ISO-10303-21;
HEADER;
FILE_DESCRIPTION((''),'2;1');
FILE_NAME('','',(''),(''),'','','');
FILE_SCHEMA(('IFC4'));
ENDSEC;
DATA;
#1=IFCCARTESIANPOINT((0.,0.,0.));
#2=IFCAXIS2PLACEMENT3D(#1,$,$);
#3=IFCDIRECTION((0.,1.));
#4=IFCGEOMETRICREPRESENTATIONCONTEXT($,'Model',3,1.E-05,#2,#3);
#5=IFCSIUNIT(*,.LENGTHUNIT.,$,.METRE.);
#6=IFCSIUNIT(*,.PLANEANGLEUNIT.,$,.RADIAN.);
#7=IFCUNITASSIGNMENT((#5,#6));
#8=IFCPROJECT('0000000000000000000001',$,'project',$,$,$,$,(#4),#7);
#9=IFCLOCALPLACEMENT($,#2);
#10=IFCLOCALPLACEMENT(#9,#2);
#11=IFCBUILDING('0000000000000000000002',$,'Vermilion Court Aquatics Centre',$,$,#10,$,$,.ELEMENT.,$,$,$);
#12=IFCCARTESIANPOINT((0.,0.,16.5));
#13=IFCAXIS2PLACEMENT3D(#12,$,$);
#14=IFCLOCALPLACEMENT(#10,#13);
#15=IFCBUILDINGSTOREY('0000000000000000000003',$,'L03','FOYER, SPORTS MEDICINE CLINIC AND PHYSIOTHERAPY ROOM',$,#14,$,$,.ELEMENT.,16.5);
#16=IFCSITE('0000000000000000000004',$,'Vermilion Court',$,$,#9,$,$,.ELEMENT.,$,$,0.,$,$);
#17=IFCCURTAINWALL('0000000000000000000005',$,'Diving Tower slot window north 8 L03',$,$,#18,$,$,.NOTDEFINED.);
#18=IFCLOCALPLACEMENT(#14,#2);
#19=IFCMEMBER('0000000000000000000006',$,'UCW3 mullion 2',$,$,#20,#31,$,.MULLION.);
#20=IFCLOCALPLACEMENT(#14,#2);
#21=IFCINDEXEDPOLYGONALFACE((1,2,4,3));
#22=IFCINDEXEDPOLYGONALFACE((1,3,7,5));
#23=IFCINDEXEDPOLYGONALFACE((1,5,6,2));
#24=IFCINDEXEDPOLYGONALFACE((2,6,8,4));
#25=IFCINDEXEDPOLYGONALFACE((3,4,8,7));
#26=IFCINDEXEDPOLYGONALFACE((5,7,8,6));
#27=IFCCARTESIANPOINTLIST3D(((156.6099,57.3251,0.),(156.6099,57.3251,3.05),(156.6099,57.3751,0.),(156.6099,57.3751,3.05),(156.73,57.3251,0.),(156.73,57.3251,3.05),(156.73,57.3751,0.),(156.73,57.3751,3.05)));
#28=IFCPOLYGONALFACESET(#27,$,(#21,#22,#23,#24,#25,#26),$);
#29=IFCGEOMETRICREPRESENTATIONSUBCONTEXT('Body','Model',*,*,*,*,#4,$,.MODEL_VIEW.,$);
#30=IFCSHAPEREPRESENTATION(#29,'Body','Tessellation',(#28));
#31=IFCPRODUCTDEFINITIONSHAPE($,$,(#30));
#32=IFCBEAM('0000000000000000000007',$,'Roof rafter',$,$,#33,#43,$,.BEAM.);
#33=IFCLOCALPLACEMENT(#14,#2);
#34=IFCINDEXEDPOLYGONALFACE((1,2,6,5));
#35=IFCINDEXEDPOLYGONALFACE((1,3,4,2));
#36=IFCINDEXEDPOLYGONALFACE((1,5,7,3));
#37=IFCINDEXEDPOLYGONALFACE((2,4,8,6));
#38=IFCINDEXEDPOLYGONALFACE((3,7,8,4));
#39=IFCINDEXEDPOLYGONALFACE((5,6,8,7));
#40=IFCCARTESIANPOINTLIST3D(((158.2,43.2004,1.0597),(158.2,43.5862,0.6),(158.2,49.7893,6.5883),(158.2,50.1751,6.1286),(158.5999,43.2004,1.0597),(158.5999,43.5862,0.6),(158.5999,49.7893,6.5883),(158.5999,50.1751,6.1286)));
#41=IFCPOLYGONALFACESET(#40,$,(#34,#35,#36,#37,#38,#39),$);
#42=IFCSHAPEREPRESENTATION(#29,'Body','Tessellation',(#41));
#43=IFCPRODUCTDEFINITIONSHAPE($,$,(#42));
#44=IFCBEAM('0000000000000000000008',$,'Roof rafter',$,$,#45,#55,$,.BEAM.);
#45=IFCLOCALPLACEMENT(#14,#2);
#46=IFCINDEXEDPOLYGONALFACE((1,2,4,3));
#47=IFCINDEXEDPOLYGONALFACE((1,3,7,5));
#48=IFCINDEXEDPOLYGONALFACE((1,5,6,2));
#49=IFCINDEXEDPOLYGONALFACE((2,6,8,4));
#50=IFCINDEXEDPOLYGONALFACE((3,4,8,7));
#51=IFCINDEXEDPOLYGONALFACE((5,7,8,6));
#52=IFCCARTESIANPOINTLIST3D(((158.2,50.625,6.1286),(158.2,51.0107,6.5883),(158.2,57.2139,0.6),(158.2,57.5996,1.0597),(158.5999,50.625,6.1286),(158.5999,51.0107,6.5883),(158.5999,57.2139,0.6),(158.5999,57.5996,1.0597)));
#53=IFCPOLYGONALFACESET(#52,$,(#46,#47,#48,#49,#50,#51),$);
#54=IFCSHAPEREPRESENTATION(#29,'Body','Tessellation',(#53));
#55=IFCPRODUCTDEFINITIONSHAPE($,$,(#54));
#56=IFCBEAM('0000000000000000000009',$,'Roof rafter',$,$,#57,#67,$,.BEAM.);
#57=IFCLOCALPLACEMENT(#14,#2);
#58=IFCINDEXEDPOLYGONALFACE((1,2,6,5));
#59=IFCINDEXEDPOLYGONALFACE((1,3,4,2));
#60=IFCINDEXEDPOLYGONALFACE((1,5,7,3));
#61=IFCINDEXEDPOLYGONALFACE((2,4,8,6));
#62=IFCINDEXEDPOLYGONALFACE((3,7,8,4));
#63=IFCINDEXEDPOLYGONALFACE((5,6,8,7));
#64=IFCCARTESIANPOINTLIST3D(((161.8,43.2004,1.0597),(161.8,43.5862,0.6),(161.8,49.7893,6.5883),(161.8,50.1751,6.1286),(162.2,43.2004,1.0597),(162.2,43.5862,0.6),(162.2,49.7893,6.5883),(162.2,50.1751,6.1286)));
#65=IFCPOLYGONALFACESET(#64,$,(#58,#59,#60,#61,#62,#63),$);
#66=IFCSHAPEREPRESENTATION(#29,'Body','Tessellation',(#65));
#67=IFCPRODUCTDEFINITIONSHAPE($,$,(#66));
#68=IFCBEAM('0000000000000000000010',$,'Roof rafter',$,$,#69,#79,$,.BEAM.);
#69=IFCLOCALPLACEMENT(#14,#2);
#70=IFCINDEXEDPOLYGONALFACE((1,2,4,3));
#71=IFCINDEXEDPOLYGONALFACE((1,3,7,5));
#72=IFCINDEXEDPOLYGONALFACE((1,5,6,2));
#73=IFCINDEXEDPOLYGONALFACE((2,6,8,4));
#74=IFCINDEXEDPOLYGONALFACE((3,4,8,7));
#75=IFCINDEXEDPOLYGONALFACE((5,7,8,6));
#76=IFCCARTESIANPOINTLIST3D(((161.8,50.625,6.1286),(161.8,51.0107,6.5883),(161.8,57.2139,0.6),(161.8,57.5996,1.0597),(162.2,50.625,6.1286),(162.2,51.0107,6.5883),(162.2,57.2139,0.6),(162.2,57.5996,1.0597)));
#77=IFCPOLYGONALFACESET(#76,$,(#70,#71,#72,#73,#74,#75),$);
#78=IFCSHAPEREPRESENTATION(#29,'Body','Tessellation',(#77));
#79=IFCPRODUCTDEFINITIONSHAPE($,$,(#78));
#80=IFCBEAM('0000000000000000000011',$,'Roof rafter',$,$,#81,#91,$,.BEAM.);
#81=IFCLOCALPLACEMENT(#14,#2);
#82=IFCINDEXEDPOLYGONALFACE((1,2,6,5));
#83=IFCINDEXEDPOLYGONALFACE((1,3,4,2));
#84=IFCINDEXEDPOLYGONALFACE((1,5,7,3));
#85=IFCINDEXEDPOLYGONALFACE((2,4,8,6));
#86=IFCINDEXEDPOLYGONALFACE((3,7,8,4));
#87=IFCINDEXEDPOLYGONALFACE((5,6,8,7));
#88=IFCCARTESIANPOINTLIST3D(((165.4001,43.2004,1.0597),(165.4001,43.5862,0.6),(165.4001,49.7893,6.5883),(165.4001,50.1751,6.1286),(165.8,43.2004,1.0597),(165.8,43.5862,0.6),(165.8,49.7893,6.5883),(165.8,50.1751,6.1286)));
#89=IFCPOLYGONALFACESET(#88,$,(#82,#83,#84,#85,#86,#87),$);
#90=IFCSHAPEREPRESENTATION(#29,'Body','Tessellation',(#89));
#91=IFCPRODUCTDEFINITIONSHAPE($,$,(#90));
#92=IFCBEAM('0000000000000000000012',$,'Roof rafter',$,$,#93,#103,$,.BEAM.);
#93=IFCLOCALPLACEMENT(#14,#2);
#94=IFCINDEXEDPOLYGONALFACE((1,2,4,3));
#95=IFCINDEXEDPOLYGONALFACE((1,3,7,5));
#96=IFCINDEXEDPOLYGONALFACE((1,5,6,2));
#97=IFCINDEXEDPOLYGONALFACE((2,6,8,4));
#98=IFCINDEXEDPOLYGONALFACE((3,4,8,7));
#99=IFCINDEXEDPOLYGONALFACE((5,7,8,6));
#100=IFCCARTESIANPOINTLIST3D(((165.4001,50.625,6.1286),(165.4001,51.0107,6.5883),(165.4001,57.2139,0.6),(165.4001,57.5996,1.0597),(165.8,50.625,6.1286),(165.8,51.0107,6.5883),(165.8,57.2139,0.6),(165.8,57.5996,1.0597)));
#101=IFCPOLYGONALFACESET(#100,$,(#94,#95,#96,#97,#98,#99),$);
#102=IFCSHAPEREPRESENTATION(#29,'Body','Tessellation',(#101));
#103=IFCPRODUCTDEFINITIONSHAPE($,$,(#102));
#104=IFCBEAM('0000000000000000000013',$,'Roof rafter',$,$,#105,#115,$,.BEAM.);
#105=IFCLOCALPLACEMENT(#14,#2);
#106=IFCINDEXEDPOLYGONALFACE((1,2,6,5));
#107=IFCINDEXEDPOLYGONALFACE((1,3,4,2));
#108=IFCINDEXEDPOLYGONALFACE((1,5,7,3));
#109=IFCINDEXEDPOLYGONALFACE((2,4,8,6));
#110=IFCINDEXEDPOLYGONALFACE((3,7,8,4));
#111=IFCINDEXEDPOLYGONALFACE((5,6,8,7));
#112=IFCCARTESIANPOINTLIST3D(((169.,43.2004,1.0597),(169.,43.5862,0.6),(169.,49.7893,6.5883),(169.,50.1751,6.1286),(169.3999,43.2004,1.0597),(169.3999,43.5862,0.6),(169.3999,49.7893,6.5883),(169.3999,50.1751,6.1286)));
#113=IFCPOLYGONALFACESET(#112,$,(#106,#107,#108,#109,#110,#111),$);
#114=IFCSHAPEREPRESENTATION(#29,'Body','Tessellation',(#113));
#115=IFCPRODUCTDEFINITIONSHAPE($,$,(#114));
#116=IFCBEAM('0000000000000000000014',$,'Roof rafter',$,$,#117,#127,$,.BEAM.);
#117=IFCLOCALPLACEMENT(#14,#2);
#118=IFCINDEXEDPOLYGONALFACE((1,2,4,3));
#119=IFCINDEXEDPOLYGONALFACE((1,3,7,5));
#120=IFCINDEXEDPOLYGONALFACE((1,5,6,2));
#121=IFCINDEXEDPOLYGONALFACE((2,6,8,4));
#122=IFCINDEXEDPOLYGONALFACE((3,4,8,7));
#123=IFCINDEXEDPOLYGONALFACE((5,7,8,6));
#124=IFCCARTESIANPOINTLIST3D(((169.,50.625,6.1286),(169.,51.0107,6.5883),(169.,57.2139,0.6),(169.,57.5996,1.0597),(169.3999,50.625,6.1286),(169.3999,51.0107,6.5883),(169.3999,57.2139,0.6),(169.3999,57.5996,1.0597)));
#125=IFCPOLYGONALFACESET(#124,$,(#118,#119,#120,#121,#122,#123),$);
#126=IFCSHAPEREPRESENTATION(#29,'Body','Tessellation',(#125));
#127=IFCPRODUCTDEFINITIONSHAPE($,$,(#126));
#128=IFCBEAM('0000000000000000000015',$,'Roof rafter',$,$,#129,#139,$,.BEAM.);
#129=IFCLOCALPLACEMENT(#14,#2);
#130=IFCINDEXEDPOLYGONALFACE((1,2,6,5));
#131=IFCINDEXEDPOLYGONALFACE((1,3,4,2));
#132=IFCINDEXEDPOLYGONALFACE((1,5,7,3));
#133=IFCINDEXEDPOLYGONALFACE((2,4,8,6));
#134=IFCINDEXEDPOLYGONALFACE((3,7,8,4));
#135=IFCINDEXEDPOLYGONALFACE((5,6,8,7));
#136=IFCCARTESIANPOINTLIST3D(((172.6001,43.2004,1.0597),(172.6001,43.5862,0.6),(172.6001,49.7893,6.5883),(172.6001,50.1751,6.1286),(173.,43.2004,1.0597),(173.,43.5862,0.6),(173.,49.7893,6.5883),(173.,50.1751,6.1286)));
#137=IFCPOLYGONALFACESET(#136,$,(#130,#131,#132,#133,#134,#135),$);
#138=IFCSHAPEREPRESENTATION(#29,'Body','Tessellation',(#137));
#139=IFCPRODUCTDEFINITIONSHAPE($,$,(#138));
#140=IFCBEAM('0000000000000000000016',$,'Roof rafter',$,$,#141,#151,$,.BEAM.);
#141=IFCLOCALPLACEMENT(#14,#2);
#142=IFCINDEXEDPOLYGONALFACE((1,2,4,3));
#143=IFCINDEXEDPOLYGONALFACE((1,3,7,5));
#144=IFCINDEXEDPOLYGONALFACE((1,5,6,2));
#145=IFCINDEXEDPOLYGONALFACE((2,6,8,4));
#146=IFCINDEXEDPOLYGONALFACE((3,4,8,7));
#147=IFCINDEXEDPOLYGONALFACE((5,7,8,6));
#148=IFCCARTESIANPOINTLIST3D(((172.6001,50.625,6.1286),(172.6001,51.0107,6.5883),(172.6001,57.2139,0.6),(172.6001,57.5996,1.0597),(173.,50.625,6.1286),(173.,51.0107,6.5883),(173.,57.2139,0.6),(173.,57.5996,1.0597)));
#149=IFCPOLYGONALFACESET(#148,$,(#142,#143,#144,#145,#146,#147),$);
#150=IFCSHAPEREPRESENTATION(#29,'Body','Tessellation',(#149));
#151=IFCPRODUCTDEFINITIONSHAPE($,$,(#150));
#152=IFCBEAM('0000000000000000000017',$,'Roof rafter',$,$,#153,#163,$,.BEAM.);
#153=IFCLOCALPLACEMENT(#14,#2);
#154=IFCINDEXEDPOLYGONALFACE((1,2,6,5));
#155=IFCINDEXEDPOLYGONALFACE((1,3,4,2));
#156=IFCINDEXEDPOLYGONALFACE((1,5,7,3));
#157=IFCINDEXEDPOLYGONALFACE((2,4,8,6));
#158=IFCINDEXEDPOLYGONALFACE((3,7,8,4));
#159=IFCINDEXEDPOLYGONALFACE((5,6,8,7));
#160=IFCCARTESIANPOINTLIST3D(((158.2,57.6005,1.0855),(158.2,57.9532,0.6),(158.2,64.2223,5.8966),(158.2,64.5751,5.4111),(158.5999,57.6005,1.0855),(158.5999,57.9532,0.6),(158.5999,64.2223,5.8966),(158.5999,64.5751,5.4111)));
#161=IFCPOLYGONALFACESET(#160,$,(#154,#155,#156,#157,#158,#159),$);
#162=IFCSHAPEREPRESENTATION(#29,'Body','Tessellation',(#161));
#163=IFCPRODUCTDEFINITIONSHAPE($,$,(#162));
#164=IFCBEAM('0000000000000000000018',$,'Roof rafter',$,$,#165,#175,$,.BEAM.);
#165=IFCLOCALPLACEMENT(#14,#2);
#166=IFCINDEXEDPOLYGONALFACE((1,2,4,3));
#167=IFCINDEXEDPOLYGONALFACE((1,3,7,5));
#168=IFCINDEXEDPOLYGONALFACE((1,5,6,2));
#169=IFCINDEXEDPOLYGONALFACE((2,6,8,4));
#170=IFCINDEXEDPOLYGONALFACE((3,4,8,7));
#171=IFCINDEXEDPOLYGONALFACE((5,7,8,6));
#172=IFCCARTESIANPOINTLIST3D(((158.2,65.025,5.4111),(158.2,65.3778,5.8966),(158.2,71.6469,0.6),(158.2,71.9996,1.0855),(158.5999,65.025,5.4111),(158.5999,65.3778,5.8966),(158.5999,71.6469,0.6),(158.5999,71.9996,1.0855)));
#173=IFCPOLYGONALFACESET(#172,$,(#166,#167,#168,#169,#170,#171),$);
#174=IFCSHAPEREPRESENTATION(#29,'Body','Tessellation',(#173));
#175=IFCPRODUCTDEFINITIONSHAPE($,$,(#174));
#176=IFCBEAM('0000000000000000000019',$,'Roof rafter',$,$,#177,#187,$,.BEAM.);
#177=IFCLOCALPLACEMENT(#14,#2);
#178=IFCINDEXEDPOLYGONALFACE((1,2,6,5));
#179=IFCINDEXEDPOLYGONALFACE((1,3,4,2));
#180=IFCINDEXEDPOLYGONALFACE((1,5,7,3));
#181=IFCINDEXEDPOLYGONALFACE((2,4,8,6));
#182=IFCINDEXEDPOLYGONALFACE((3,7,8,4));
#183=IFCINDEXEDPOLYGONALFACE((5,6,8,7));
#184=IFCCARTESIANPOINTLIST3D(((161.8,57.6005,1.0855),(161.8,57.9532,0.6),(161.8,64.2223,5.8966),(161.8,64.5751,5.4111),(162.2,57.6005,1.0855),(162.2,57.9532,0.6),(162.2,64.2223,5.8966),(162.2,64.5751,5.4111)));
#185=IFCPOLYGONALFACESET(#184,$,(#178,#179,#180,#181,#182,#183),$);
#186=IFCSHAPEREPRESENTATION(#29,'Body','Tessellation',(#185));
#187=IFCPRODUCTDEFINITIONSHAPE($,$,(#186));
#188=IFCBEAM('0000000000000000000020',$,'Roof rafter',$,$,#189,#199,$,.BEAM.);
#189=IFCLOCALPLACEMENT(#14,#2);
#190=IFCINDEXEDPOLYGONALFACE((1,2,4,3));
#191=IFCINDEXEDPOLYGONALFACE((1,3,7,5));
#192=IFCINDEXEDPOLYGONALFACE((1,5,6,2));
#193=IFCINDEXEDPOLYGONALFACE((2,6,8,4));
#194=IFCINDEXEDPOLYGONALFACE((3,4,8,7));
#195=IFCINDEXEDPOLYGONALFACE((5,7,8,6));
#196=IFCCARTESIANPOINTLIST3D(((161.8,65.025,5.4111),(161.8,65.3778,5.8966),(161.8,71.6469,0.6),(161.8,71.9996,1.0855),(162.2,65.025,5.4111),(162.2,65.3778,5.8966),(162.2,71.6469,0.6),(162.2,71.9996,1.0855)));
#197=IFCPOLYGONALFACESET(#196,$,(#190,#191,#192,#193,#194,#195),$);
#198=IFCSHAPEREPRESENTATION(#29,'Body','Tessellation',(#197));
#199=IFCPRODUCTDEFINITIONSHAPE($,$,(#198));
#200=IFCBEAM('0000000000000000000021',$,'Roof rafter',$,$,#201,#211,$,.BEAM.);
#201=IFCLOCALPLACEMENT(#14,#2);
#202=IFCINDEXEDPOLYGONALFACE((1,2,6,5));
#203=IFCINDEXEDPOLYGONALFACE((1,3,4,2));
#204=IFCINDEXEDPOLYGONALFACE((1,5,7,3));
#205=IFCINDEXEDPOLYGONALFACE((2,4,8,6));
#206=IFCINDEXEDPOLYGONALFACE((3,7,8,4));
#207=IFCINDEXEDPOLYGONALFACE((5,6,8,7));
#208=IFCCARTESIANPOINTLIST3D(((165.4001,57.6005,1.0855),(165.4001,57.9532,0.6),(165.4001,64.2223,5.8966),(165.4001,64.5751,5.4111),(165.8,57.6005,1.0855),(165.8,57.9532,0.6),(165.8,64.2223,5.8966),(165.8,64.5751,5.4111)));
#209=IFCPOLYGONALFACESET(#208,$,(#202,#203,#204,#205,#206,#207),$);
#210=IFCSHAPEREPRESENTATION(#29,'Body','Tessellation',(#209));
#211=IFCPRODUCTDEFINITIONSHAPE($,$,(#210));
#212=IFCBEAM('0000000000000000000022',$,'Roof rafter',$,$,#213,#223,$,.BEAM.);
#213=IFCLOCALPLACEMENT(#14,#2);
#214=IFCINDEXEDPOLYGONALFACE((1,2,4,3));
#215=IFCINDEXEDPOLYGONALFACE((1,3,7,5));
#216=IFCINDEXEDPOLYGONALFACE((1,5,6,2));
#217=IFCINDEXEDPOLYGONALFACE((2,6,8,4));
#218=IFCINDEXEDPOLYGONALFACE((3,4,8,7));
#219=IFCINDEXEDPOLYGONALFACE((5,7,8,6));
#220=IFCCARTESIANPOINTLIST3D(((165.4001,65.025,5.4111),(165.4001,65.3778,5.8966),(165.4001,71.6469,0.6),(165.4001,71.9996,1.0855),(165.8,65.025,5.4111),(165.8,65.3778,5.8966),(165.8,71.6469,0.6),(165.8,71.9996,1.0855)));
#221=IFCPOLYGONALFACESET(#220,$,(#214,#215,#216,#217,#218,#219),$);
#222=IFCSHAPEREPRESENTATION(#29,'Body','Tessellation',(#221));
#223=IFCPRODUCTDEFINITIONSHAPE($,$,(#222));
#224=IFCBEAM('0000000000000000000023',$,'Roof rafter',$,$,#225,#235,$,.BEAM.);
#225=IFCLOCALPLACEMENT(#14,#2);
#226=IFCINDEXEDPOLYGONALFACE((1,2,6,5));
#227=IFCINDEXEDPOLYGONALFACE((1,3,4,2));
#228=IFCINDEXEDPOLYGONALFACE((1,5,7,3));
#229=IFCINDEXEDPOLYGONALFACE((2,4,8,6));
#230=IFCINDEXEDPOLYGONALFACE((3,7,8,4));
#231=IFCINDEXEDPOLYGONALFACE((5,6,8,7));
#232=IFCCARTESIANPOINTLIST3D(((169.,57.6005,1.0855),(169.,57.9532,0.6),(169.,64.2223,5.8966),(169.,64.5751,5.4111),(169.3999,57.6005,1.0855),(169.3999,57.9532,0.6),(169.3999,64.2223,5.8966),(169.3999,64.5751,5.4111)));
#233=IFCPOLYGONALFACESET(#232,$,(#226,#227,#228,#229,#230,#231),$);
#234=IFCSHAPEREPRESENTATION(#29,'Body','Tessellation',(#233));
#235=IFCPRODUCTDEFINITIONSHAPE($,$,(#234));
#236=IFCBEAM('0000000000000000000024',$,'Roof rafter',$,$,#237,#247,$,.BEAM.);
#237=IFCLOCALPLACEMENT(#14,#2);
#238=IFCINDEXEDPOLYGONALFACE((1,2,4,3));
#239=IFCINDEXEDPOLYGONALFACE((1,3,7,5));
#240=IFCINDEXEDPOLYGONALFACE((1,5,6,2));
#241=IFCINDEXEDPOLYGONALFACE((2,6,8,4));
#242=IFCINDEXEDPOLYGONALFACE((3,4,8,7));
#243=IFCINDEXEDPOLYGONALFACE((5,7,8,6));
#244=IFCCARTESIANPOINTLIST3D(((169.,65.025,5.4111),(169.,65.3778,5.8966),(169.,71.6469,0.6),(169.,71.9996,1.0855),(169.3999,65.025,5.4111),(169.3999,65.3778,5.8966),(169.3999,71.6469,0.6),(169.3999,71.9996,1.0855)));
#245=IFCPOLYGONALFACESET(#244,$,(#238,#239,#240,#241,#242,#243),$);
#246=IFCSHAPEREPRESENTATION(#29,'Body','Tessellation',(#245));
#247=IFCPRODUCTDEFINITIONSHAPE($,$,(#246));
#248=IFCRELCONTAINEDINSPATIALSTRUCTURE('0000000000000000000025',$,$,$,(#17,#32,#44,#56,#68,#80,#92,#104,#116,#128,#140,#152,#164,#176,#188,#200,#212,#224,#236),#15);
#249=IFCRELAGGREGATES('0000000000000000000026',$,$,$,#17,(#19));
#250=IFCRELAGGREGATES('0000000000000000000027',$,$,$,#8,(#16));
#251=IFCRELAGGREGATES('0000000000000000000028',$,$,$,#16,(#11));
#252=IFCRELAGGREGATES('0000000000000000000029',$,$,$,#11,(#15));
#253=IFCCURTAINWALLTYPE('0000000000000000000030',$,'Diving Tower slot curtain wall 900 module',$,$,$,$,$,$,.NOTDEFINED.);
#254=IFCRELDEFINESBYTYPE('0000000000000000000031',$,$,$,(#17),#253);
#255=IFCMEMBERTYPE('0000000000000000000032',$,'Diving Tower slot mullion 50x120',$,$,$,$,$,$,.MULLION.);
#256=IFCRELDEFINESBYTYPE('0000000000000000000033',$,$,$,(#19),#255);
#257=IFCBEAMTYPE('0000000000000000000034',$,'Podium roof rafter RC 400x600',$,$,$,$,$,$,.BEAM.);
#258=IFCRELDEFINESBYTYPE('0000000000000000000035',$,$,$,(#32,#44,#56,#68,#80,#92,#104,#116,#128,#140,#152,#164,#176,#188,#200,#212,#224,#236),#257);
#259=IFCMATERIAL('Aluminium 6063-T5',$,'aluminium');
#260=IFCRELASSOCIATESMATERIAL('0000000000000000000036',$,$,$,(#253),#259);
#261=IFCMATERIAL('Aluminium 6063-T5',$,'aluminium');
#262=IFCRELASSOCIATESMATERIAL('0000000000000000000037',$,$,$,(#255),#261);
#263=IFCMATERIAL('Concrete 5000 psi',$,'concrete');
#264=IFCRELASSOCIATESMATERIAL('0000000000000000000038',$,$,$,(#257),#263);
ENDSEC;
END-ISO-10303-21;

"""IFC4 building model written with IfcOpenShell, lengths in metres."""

from ifc_helpers import new_model, si_unit, direction, frame, origin, origin_2d, place, context, subcontext, project, spatial, rectangle, extrude, material, material_profile, profile_set, type_object, element, aggregate, save


model = new_model("IFC4")

# Units and contexts
model_context = context("Model", 3, precision=1e-05, world=origin(), true_north=direction((0.0, 1.0)))
body_context = subcontext(model_context, "Body", "Model", "MODEL_VIEW")
ifc_project = project(units=[si_unit("LENGTHUNIT", "METRE"), si_unit("PLANEANGLEUNIT", "RADIAN")], contexts=[model_context])

# Site, building, storey
site_placement = place(None, origin())
site = spatial("IfcSite", under=ifc_project, at=site_placement, Name="Vermilion Court", CompositionType="ELEMENT", RefElevation=0.0)
building_placement = place(site_placement, origin())
building = spatial("IfcBuilding", under=site, at=building_placement, Name="Vermilion Court Aquatics Centre", CompositionType="ELEMENT")
storey_placement = place(building_placement, frame((0.0, 0.0, 16.5)))
storey = spatial("IfcBuildingStorey", under=building, at=storey_placement, Name="L03", Description="FOYER, SPORTS MEDICINE CLINIC AND PHYSIOTHERAPY ROOM", CompositionType="ELEMENT", Elevation=16.5)

# Curtain wall, member
ifc_material_1 = material(Name="Aluminium 6063-T5", Category="aluminium")
curtain_wall_type = type_object("IfcCurtainWallType", Name="Diving Tower slot curtain wall 900 module", PredefinedType="NOTDEFINED", material=ifc_material_1)
curtain_wall_placement = place(storey_placement, origin())
curtain_wall = element("IfcCurtainWall", 1, at=curtain_wall_placement, inside=storey, type_object=curtain_wall_type, Name="Diving Tower slot window north 8 L03", PredefinedType="NOTDEFINED")
ifc_material_2 = material(Name="Aluminium 6063-T5", Category="aluminium")
ifc_material_profile_1 = material_profile(ifc_material_2, rectangle(XDim=0.05, YDim=0.1201, at=origin_2d()), Name="AL 50x120")
ifc_profile_set_1 = profile_set([ifc_material_profile_1], Name="Aluminium 6063-T5")
member_type = type_object("IfcMemberType", Name="Diving Tower slot mullion 50x120", PredefinedType="MULLION", material=ifc_profile_set_1)
member_placement = place(storey_placement, frame((156.6699, 57.3501, 0.0), z_axis=(0.0, 0.0, 1.0), x_axis=(0.0, 1.0, 0.0)))
member = element("IfcMember", 2, at=member_placement, type_object=member_type, Name="UCW3 mullion 2", PredefinedType="MULLION", context=body_context, shape_type="SweptSolid", body=[
    extrude(rectangle(XDim=0.05, YDim=0.1201, at=origin_2d()), origin(), (0.0, 0.0, 1.0), 3.05),
])
aggregate(curtain_wall, [member])

# Beams
ifc_material_3 = material(Name="Concrete 5000 psi", Category="concrete")
ifc_material_profile_2 = material_profile(ifc_material_3, rectangle(XDim=0.3999, YDim=0.6001, at=origin_2d()), Name="RC 400x600")
ifc_profile_set_2 = profile_set([ifc_material_profile_2], Name="Concrete 5000 psi")
beam_type_1 = type_object("IfcBeamType", Name="Podium roof rafter RC 400x600", PredefinedType="BEAM", material=ifc_profile_set_2)
for number, where, z_axis, x_axis, name in (
    (3, (158.3999, 43.3933, 0.8298), (0.0, 0.766053, 0.642777), (-1.0, 0.0, 0.0), "Roof rafter"),
    (4, (158.3999, 57.4067, 0.8298), (0.0, -0.766053, 0.642777), (1.0, 0.0, 0.0), "Roof rafter"),
    (5, (162.0, 43.3933, 0.8298), (0.0, 0.766053, 0.642777), (-1.0, 0.0, 0.0), "Roof rafter"),
    (6, (162.0, 57.4067, 0.8298), (0.0, -0.766053, 0.642777), (1.0, 0.0, 0.0), "Roof rafter"),
    (7, (165.6001, 43.3933, 0.8298), (0.0, 0.766053, 0.642777), (-1.0, 0.0, 0.0), "Roof rafter"),
    (8, (165.6001, 57.4067, 0.8298), (0.0, -0.766053, 0.642777), (1.0, 0.0, 0.0), "Roof rafter"),
    (9, (169.2, 43.3933, 0.8298), (0.0, 0.766053, 0.642777), (-1.0, 0.0, 0.0), "Roof rafter"),
    (10, (169.2, 57.4067, 0.8298), (0.0, -0.766053, 0.642777), (1.0, 0.0, 0.0), "Roof rafter"),
    (11, (172.8, 43.3933, 0.8298), (0.0, 0.766053, 0.642777), (-1.0, 0.0, 0.0), "Roof rafter"),
    (12, (172.8, 57.4067, 0.8298), (0.0, -0.766053, 0.642777), (1.0, 0.0, 0.0), "Roof rafter"),
):
    element("IfcBeam", number, at=place(storey_placement, frame(where, z_axis=z_axis, x_axis=x_axis)), inside=storey, type_object=beam_type_1, Name=name, PredefinedType="BEAM", context=body_context, shape_type="SweptSolid", body=[
        extrude(rectangle(XDim=0.3999, YDim=0.6001, at=origin_2d()), origin(), (0.0, 0.0, 1.0), 8.6011),
    ])
for number, where, z_axis, x_axis, name in (
    (13, (158.3999, 57.7769, 0.8428), (0.0, 0.809017, 0.587785), (-1.0, 0.0, 0.0), "Roof rafter"),
    (14, (158.3999, 71.8232, 0.8428), (0.0, -0.809017, 0.587785), (1.0, 0.0, 0.0), "Roof rafter"),
    (15, (162.0, 57.7769, 0.8428), (0.0, 0.809017, 0.587785), (-1.0, 0.0, 0.0), "Roof rafter"),
    (16, (162.0, 71.8232, 0.8428), (0.0, -0.809017, 0.587785), (1.0, 0.0, 0.0), "Roof rafter"),
    (17, (165.6001, 57.7769, 0.8428), (0.0, 0.809017, 0.587785), (-1.0, 0.0, 0.0), "Roof rafter"),
    (18, (165.6001, 71.8232, 0.8428), (0.0, -0.809017, 0.587785), (1.0, 0.0, 0.0), "Roof rafter"),
    (19, (169.2, 57.7769, 0.8428), (0.0, 0.809017, 0.587785), (-1.0, 0.0, 0.0), "Roof rafter"),
    (20, (169.2, 71.8232, 0.8428), (0.0, -0.809017, 0.587785), (1.0, 0.0, 0.0), "Roof rafter"),
):
    element("IfcBeam", number, at=place(storey_placement, frame(where, z_axis=z_axis, x_axis=x_axis)), inside=storey, type_object=beam_type_1, Name=name, PredefinedType="BEAM", context=body_context, shape_type="SweptSolid", body=[
        extrude(rectangle(XDim=0.3999, YDim=0.6001, at=origin_2d()), origin(), (0.0, 0.0, 1.0), 8.1851),
    ])

save(model, "model.ifc")
